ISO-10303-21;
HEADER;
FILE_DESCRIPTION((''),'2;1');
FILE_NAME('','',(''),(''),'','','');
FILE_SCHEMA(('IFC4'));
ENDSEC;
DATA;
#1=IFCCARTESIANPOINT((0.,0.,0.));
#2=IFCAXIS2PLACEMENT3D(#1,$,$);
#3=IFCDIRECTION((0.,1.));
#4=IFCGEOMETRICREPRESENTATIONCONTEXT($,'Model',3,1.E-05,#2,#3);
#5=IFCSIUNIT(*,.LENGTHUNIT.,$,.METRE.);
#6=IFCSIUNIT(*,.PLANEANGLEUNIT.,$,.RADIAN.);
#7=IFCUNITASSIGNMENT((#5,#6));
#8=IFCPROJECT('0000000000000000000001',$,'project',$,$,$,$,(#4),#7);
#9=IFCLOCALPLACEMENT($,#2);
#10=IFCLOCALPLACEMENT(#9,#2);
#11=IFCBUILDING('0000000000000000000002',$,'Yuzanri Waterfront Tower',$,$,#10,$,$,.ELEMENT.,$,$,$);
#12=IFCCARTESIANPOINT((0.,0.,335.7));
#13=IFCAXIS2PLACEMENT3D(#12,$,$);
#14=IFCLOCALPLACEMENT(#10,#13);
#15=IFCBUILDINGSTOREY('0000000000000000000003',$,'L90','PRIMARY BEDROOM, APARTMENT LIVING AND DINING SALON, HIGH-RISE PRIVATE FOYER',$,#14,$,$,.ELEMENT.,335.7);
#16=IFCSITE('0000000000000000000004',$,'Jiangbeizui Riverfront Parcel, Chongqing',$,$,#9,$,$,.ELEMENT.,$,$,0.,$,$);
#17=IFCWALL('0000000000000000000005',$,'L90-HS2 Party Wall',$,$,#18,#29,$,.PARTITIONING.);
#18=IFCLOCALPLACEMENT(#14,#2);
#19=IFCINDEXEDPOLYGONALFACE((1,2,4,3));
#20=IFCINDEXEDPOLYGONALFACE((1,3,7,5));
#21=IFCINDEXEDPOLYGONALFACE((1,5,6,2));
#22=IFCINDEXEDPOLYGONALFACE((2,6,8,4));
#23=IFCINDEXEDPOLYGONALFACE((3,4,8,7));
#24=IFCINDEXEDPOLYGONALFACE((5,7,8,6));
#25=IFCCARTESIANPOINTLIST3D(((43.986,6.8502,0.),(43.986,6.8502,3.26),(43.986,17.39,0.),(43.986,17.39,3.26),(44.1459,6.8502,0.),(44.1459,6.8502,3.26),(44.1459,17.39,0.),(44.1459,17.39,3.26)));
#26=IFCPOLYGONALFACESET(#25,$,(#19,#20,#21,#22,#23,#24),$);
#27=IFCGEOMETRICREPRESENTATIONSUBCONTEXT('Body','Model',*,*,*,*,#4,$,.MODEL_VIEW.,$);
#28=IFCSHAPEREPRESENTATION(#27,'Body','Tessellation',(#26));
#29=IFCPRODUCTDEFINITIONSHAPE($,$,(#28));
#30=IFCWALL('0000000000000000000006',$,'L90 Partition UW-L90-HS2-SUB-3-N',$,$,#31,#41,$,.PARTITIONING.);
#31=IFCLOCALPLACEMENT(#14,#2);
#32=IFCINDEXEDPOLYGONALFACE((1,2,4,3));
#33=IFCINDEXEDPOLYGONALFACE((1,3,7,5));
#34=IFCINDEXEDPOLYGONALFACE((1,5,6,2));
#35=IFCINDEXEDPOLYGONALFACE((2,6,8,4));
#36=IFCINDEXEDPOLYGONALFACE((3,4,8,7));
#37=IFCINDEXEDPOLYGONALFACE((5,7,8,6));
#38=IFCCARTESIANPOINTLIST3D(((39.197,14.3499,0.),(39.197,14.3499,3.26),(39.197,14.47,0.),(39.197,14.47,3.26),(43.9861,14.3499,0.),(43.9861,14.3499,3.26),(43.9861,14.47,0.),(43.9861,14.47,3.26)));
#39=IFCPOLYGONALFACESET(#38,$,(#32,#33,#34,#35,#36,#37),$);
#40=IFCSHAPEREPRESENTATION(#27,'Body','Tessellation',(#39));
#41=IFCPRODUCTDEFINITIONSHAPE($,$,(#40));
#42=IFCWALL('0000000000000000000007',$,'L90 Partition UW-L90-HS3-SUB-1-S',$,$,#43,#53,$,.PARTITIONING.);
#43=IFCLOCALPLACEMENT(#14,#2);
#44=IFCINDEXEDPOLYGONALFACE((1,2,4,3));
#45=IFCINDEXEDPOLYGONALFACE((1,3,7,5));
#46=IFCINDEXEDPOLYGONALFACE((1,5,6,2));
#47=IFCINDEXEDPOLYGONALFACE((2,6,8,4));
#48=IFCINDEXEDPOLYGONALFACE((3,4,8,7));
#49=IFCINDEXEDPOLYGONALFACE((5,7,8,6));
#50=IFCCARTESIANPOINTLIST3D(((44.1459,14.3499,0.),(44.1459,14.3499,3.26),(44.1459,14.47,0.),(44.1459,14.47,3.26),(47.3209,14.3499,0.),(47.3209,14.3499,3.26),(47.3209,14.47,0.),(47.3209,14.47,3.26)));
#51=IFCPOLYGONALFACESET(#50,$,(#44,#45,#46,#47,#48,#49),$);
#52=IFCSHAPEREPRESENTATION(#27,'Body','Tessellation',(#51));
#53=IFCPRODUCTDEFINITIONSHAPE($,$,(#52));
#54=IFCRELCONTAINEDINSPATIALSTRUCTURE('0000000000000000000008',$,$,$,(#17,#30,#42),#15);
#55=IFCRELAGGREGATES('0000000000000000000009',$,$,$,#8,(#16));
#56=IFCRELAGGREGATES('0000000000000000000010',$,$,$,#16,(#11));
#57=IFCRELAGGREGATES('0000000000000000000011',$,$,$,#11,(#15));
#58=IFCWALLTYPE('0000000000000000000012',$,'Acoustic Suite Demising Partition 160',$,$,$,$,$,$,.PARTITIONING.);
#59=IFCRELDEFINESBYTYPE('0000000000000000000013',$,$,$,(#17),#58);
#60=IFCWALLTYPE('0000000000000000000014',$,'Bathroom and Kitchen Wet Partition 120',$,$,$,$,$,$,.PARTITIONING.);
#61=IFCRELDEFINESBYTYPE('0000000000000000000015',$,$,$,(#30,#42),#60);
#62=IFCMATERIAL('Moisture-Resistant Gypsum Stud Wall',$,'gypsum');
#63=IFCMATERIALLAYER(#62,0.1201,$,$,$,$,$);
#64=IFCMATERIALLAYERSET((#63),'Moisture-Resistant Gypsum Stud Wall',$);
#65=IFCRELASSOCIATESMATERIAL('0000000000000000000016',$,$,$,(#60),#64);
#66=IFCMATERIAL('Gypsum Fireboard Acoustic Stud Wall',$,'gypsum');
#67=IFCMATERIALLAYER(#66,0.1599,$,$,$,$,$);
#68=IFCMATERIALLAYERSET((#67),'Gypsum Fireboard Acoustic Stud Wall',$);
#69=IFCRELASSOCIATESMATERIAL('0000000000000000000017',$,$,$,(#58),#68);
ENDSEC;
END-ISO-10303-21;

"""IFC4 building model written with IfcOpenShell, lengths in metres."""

from ifc_helpers import new_model, si_unit, direction, frame, frame_2d, origin, place, context, subcontext, project, spatial, rectangle, extrude, source, transform, mapped, material, layer, layer_set, type_object, element, save


model = new_model("IFC4")

# Units and contexts
model_context = context("Model", 3, precision=1e-05, world=origin(), true_north=direction((0.0, 1.0)))
body_context = subcontext(model_context, "Body", "Model", "MODEL_VIEW")
ifc_project = project(units=[si_unit("LENGTHUNIT", "METRE"), si_unit("PLANEANGLEUNIT", "RADIAN")], contexts=[model_context])

# Site, building, storey
site_placement = place(None, origin())
site = spatial("IfcSite", under=ifc_project, at=site_placement, Name="Jiangbeizui Riverfront Parcel, Chongqing", CompositionType="ELEMENT", RefElevation=0.0)
building_placement = place(site_placement, origin())
building = spatial("IfcBuilding", under=site, at=building_placement, Name="Yuzanri Waterfront Tower", CompositionType="ELEMENT")
storey_placement = place(building_placement, frame((0.0, 0.0, 335.7)))
storey = spatial("IfcBuildingStorey", under=building, at=storey_placement, Name="L90", Description="PRIMARY BEDROOM, APARTMENT LIVING AND DINING SALON, HIGH-RISE PRIVATE FOYER", CompositionType="ELEMENT", Elevation=335.7)

# Shared definitions
ifc_material_1 = material(Name="Moisture-Resistant Gypsum Stud Wall", Category="gypsum")
ifc_layer_1 = layer(ifc_material_1, 0.1201)
ifc_layer_set_1 = layer_set([ifc_layer_1], Name="Moisture-Resistant Gypsum Stud Wall")
wall_type_1 = type_object("IfcWallType", Name="Bathroom and Kitchen Wet Partition 120", PredefinedType="PARTITIONING", material=ifc_layer_set_1)

# Walls
ifc_material_2 = material(Name="Gypsum Fireboard Acoustic Stud Wall", Category="gypsum")
ifc_layer_2 = layer(ifc_material_2, 0.1599)
ifc_layer_set_2 = layer_set([ifc_layer_2], Name="Gypsum Fireboard Acoustic Stud Wall")
wall_type_2 = type_object("IfcWallType", Name="Acoustic Suite Demising Partition 160", PredefinedType="PARTITIONING", material=ifc_layer_set_2)
shared_shape_1 = source(origin(), body_context, "Body", "SweptSolid", [
    extrude(rectangle(XDim=10.5398, YDim=0.1599, at=frame_2d((5.27, 0.0))), origin(), (0.0, 0.0, 1.0), 3.26),
])
wall_1_placement = place(storey_placement, frame((44.0659, 6.8501, 0.0), z_axis=(0.0, 0.0, 1.0), x_axis=(0.0, 1.0, 0.0)))
element("IfcWall", 1, at=wall_1_placement, inside=storey, type_object=wall_type_2, Name="L90-HS2 Party Wall", PredefinedType="PARTITIONING", context=body_context, shape_type="MappedRepresentation", body=[
    mapped(shared_shape_1, transform((0.0, 0.0, 0.0), scale=1.0)),
])
shared_shape_2 = source(origin(), body_context, "Body", "SweptSolid", [
    extrude(rectangle(XDim=4.7891, YDim=0.1201, at=frame_2d((2.3945, 0.0))), origin(), (0.0, 0.0, 1.0), 3.26),
])
wall_2_placement = place(storey_placement, frame((39.197, 14.4099, 0.0), z_axis=(0.0, 0.0, 1.0), x_axis=(1.0, 0.0, 0.0)))
element("IfcWall", 2, at=wall_2_placement, inside=storey, type_object=wall_type_1, Name="L90 Partition UW-L90-HS2-SUB-3-N", PredefinedType="PARTITIONING", context=body_context, shape_type="MappedRepresentation", body=[
    mapped(shared_shape_2, transform((0.0, 0.0, 0.0), scale=1.0)),
])
shared_shape_3 = source(origin(), body_context, "Body", "SweptSolid", [
    extrude(rectangle(XDim=3.175, YDim=0.1201, at=frame_2d((1.5874, 0.0))), origin(), (0.0, 0.0, 1.0), 3.26),
])
wall_3_placement = place(storey_placement, frame((44.146, 14.4099, 0.0), z_axis=(0.0, 0.0, 1.0), x_axis=(1.0, 0.0, 0.0)))
element("IfcWall", 3, at=wall_3_placement, inside=storey, type_object=wall_type_1, Name="L90 Partition UW-L90-HS3-SUB-1-S", PredefinedType="PARTITIONING", context=body_context, shape_type="MappedRepresentation", body=[
    mapped(shared_shape_3, transform((0.0, 0.0, 0.0), scale=1.0)),
])

save(model, "model.ifc")
